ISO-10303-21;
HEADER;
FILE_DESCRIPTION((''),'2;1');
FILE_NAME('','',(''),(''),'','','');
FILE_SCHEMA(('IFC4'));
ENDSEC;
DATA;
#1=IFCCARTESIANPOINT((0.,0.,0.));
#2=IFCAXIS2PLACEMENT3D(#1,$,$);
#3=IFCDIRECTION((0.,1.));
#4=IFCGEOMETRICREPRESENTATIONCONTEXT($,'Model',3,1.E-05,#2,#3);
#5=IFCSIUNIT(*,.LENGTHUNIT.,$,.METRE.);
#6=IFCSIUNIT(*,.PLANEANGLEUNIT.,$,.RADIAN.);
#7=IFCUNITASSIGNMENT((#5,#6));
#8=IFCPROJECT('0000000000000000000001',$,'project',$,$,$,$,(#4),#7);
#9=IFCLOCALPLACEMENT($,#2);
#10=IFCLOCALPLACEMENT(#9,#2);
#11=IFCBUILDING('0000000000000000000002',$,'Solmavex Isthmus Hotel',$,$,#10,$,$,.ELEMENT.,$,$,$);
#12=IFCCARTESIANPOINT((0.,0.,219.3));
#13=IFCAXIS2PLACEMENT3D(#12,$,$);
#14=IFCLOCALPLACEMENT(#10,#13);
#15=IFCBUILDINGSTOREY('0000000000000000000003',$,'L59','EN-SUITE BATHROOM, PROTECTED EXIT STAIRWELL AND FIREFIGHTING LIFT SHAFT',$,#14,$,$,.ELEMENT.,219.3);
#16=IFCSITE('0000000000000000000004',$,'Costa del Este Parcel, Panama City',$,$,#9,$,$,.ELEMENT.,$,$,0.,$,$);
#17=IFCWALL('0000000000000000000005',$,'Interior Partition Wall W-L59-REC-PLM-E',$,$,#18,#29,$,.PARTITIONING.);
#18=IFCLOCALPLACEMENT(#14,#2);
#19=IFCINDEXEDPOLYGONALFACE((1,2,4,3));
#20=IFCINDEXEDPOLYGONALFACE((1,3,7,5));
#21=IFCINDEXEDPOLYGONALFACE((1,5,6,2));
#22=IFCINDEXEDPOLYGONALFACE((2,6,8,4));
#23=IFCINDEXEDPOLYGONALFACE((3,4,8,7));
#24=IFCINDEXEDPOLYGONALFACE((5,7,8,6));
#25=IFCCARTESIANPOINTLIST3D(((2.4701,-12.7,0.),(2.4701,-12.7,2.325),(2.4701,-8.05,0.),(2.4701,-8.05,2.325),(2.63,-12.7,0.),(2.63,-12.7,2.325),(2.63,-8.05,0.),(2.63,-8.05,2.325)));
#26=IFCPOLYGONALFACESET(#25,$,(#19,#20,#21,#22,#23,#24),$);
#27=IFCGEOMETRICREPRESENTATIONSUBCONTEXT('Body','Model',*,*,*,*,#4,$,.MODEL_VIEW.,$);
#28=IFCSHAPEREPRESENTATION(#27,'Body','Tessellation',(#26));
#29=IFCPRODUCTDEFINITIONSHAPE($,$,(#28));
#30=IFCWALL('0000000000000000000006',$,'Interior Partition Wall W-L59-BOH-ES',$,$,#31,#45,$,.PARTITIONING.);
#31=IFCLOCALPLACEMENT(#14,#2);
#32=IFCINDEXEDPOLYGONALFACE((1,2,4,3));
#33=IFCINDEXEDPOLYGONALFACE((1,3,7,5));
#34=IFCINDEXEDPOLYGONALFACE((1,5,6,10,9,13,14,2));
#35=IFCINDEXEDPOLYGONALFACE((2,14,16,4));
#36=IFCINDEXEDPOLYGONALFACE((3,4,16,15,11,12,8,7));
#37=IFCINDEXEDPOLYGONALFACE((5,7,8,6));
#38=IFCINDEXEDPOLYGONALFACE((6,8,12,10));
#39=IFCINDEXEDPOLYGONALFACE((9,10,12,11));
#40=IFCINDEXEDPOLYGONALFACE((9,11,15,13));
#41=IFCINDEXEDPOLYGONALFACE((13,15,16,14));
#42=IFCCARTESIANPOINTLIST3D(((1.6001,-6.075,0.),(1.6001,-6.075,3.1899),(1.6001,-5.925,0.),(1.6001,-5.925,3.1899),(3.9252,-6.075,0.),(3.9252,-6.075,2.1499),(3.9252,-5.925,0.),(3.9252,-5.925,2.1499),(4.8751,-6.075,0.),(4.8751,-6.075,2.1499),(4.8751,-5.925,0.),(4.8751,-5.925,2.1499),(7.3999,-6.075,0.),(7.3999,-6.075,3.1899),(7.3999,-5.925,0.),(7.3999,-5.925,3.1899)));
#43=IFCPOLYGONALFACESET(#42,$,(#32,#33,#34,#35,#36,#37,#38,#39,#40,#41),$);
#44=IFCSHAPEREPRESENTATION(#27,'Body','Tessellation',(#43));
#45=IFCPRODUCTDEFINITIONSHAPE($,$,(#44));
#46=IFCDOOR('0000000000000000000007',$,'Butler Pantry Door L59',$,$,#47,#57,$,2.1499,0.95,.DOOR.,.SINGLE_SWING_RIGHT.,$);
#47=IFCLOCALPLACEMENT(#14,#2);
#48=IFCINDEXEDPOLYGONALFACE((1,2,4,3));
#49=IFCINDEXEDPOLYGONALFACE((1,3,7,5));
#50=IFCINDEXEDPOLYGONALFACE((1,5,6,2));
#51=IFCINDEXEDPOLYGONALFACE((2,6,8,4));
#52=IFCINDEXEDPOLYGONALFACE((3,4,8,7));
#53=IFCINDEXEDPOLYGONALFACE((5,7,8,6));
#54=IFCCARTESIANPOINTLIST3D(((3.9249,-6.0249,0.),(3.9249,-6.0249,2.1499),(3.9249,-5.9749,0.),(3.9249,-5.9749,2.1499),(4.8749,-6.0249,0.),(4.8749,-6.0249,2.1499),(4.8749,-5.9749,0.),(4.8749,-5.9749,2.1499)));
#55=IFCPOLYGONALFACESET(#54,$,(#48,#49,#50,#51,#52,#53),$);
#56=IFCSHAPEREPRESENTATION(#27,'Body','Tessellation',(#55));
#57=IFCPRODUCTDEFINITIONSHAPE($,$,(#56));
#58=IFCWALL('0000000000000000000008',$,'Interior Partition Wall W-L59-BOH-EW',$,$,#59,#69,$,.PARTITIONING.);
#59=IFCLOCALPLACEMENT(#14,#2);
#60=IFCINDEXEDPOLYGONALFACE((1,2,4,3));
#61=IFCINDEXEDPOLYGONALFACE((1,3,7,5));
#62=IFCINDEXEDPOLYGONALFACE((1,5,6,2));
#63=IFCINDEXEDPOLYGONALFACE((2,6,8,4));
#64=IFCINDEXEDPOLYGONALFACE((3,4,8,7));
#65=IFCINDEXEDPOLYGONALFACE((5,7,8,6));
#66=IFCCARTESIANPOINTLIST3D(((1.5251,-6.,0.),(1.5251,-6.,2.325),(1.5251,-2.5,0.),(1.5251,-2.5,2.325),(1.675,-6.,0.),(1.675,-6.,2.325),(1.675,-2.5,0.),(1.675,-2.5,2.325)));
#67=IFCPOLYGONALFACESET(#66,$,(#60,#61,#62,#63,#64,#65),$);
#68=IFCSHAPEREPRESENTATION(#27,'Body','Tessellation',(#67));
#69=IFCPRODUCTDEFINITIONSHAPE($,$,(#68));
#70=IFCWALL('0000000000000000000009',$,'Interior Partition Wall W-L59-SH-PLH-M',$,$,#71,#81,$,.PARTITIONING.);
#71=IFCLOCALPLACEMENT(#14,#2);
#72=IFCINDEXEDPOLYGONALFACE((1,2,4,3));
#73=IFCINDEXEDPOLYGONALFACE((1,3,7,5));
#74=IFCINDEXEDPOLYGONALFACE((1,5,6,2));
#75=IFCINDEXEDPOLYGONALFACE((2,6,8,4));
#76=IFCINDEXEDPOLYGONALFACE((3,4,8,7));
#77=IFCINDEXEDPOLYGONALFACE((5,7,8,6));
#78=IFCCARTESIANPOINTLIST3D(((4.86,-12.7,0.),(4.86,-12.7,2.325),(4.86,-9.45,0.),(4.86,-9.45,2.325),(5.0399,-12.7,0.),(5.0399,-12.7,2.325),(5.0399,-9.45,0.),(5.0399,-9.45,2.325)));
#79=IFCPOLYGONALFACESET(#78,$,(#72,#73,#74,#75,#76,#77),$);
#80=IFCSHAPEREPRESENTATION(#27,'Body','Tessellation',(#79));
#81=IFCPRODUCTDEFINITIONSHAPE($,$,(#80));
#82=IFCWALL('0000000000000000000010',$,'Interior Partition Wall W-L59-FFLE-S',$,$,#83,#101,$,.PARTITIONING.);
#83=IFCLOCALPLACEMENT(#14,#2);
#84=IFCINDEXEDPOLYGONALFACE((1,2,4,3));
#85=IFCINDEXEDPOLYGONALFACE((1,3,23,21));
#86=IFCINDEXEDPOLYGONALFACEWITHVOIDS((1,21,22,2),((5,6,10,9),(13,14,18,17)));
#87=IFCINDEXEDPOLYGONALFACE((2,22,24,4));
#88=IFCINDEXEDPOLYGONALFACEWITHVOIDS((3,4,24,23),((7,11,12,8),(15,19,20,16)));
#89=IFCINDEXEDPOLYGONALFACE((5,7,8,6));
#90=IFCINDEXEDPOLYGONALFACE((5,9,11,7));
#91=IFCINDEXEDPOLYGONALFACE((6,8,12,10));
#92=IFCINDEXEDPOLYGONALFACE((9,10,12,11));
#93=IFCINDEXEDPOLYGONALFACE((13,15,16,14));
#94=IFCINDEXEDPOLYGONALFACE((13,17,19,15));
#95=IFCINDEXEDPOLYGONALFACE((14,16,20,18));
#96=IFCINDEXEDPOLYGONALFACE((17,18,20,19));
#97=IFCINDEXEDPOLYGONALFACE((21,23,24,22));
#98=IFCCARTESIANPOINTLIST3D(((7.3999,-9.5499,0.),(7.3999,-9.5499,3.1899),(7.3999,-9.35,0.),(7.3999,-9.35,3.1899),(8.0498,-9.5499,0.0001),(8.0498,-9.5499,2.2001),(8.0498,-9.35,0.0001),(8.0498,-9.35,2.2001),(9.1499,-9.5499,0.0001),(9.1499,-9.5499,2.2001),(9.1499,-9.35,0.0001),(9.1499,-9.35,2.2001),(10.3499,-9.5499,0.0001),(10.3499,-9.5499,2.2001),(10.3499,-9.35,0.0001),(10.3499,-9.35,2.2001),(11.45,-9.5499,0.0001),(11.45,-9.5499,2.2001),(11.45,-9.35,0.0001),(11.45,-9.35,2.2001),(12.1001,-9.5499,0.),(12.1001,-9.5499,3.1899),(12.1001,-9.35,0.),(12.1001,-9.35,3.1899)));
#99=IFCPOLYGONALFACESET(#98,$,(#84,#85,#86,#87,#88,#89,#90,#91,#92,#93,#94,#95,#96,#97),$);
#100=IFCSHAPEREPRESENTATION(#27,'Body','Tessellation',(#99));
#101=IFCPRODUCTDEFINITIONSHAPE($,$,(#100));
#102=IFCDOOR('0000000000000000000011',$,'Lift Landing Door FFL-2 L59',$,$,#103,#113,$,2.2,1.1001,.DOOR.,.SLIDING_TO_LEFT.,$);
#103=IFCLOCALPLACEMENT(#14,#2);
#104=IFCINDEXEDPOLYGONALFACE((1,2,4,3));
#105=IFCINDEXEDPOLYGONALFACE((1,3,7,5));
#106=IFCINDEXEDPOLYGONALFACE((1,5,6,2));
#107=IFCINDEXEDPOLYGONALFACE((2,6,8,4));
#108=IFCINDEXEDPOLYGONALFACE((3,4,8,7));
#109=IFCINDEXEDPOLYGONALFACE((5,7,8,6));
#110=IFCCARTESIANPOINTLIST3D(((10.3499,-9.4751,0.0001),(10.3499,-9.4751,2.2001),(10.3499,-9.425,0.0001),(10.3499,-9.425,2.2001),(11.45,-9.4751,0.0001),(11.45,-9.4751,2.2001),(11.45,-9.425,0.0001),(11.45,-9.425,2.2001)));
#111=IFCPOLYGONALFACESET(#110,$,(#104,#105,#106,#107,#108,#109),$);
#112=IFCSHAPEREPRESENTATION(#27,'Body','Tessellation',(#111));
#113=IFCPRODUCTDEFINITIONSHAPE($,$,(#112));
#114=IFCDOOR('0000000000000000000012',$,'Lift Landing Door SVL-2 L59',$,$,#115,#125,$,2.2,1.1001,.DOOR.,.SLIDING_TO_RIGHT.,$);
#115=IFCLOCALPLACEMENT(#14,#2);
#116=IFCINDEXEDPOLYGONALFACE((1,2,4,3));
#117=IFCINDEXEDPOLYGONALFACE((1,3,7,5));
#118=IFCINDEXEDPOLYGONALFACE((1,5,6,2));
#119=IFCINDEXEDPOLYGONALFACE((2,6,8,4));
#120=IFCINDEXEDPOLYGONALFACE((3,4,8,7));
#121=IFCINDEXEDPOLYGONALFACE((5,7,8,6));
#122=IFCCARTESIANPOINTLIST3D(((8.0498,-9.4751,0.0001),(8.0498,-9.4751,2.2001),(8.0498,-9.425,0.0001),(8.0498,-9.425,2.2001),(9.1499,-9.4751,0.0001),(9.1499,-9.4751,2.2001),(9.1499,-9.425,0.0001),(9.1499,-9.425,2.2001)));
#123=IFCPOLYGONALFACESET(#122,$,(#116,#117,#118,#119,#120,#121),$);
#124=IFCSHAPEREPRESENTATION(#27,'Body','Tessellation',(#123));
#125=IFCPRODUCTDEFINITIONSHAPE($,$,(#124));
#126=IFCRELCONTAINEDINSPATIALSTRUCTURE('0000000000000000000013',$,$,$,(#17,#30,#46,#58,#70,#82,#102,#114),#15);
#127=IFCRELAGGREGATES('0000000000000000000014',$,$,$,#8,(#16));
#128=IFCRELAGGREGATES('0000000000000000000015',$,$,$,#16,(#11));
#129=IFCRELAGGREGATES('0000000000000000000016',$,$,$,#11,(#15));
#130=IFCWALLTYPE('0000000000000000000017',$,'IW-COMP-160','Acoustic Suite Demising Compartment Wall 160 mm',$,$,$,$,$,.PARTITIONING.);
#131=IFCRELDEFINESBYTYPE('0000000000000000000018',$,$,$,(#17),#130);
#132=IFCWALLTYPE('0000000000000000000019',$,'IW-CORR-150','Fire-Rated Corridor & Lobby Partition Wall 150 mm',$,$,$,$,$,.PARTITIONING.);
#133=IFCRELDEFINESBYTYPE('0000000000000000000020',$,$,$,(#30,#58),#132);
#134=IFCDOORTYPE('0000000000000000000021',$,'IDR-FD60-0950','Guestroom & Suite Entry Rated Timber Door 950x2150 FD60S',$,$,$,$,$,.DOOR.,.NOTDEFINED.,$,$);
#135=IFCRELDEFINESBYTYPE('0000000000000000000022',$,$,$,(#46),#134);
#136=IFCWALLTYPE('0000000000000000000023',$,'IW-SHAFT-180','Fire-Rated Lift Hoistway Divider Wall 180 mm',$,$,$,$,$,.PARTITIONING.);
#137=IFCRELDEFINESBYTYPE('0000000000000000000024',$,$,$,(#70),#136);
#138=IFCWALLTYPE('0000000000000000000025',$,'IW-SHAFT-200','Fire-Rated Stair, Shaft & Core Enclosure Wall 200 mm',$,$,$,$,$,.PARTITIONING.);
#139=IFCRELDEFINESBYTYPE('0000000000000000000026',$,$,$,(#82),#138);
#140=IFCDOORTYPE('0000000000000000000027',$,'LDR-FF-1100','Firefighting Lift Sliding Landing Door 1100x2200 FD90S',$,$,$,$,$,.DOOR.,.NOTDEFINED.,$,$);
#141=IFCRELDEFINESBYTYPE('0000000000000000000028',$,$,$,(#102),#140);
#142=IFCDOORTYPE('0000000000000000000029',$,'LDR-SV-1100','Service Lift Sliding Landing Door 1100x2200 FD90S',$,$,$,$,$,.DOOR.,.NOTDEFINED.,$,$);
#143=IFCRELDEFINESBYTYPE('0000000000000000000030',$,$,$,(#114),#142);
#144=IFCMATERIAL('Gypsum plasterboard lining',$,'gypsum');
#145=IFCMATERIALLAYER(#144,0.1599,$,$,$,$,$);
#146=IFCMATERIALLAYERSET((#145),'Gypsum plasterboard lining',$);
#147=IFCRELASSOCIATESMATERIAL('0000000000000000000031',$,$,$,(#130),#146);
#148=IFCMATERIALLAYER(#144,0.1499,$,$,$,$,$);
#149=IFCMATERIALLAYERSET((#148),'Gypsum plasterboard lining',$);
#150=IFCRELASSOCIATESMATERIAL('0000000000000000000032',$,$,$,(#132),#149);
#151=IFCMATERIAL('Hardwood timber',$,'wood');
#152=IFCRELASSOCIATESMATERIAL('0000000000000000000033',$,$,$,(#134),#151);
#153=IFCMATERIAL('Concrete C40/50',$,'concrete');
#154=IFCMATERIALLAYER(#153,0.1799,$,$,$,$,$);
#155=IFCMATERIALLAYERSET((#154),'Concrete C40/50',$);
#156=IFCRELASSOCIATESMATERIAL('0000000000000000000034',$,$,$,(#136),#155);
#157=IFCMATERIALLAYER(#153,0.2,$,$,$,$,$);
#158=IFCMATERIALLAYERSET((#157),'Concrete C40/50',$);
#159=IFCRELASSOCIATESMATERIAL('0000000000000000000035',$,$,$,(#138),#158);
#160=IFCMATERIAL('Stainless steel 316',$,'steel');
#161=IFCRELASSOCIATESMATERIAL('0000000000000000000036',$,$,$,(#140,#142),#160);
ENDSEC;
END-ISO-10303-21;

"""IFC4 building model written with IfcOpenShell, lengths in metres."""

from ifc_helpers import new_model, si_unit, direction, frame, frame_2d, origin, place, context, subcontext, project, spatial, rectangle, extrude, material, layer, layer_set, type_object, element, fill, save


model = new_model("IFC4")

# Units and contexts
model_context = context("Model", 3, precision=1e-05, world=origin(), true_north=direction((0.0, 1.0)))
body_context = subcontext(model_context, "Body", "Model", "MODEL_VIEW")
ifc_project = project(units=[si_unit("LENGTHUNIT", "METRE"), si_unit("PLANEANGLEUNIT", "RADIAN")], contexts=[model_context])

# Site, building, storey
site_placement = place(None, origin())
site = spatial("IfcSite", under=ifc_project, at=site_placement, Name="Costa del Este Parcel, Panama City", CompositionType="ELEMENT", RefElevation=0.0)
building_placement = place(site_placement, origin())
building = spatial("IfcBuilding", under=site, at=building_placement, Name="Solmavex Isthmus Hotel", CompositionType="ELEMENT")
storey_placement = place(building_placement, frame((0.0, 0.0, 219.3)))
storey = spatial("IfcBuildingStorey", under=building, at=storey_placement, Name="L59", Description="EN-SUITE BATHROOM, PROTECTED EXIT STAIRWELL AND FIREFIGHTING LIFT SHAFT", CompositionType="ELEMENT", Elevation=219.3)

# Wall
ifc_material_1 = material(Name="Gypsum plasterboard lining", Category="gypsum")
ifc_layer_1 = layer(ifc_material_1, 0.1599)
ifc_layer_set_1 = layer_set([ifc_layer_1], Name="Gypsum plasterboard lining")
wall_type_1 = type_object("IfcWallType", Name="IW-COMP-160", Description="Acoustic Suite Demising Compartment Wall 160 mm", PredefinedType="PARTITIONING", material=ifc_layer_set_1)
wall_1_placement = place(storey_placement, frame((2.55, -12.7, 0.0), z_axis=(0.0, 0.0, 1.0), x_axis=(0.0, 1.0, 0.0)))
element("IfcWall", 1, at=wall_1_placement, inside=storey, type_object=wall_type_1, Name="Interior Partition Wall W-L59-REC-PLM-E", PredefinedType="PARTITIONING", context=body_context, shape_type="SweptSolid", body=[
    extrude(rectangle(XDim=4.6499, YDim=0.1599, at=frame_2d((2.325, 0.0))), origin(), (0.0, 0.0, 1.0), 2.325),
])

# Wall, opening, door
ifc_layer_2 = layer(ifc_material_1, 0.1499)
ifc_layer_set_2 = layer_set([ifc_layer_2], Name="Gypsum plasterboard lining")
wall_type_2 = type_object("IfcWallType", Name="IW-CORR-150", Description="Fire-Rated Corridor & Lobby Partition Wall 150 mm", PredefinedType="PARTITIONING", material=ifc_layer_set_2)
wall_2_placement = place(storey_placement, frame((1.6001, -6.0, 0.0), z_axis=(0.0, 0.0, 1.0), x_axis=(1.0, 0.0, 0.0)))
wall_2 = element("IfcWall", 2, at=wall_2_placement, inside=storey, type_object=wall_type_2, Name="Interior Partition Wall W-L59-BOH-ES", PredefinedType="PARTITIONING", context=body_context, shape_type="SweptSolid", body=[
    extrude(rectangle(XDim=5.7998, YDim=0.1499, at=frame_2d((2.8999, 0.0))), origin(), (0.0, 0.0, 1.0), 3.1899),
])
opening_1_placement = place(wall_2_placement, frame((2.325, 0.0, 0.0)))
opening_1 = element("IfcOpeningElement", 3, at=opening_1_placement, cuts=wall_2, PredefinedType="OPENING", context=body_context, shape_type="SweptSolid", body=[
    extrude(rectangle(XDim=0.95, YDim=2.1499, at=frame_2d((0.4751, 1.075))), frame((0.0, 0.085, 0.0), z_axis=(0.0, -1.0, 0.0), x_axis=(1.0, 0.0, 0.0)), (0.0, 0.0, 1.0), 0.1699),
])
ifc_material_2 = material(Name="Hardwood timber", Category="wood")
door_type_1 = type_object("IfcDoorType", Name="IDR-FD60-0950", Description="Guestroom & Suite Entry Rated Timber Door 950x2150 FD60S", OperationType="NOTDEFINED", PredefinedType="DOOR", material=ifc_material_2)
door_1_placement = place(opening_1_placement, frame((0.95, 0.0, 0.0), z_axis=(0.0, 0.0, 1.0), x_axis=(-1.0, 0.0, 0.0)))
door_1 = element("IfcDoor", 4, at=door_1_placement, inside=storey, type_object=door_type_1, Name="Butler Pantry Door L59", OperationType="SINGLE_SWING_RIGHT", OverallHeight=2.1499, OverallWidth=0.95, PredefinedType="DOOR", context=body_context, shape_type="SweptSolid", body=[
    extrude(rectangle(XDim=0.95, YDim=2.1499, at=frame_2d((0.4751, 1.075))), frame((0.0, 0.0249, 0.0), z_axis=(0.0, -1.0, 0.0), x_axis=(1.0, 0.0, 0.0)), (0.0, 0.0, 1.0), 0.05),
])
fill(opening_1, door_1)

# Walls
wall_3_placement = place(storey_placement, frame((1.6001, -6.0, 0.0), z_axis=(0.0, 0.0, 1.0), x_axis=(0.0, 1.0, 0.0)))
element("IfcWall", 5, at=wall_3_placement, inside=storey, type_object=wall_type_2, Name="Interior Partition Wall W-L59-BOH-EW", PredefinedType="PARTITIONING", context=body_context, shape_type="SweptSolid", body=[
    extrude(rectangle(XDim=3.5, YDim=0.1499, at=frame_2d((1.75, 0.0))), origin(), (0.0, 0.0, 1.0), 2.325),
])
ifc_material_3 = material(Name="Concrete C40/50", Category="concrete")
ifc_layer_3 = layer(ifc_material_3, 0.1799)
ifc_layer_set_3 = layer_set([ifc_layer_3], Name="Concrete C40/50")
wall_type_3 = type_object("IfcWallType", Name="IW-SHAFT-180", Description="Fire-Rated Lift Hoistway Divider Wall 180 mm", PredefinedType="PARTITIONING", material=ifc_layer_set_3)
wall_4_placement = place(storey_placement, frame((4.95, -12.7, 0.0), z_axis=(0.0, 0.0, 1.0), x_axis=(0.0, 1.0, 0.0)))
element("IfcWall", 6, at=wall_4_placement, inside=storey, type_object=wall_type_3, Name="Interior Partition Wall W-L59-SH-PLH-M", PredefinedType="PARTITIONING", context=body_context, shape_type="SweptSolid", body=[
    extrude(rectangle(XDim=3.25, YDim=0.1799, at=frame_2d((1.625, 0.0))), origin(), (0.0, 0.0, 1.0), 2.325),
])

# Wall, openings, doors
ifc_layer_4 = layer(ifc_material_3, 0.2)
ifc_layer_set_4 = layer_set([ifc_layer_4], Name="Concrete C40/50")
wall_type_4 = type_object("IfcWallType", Name="IW-SHAFT-200", Description="Fire-Rated Stair, Shaft & Core Enclosure Wall 200 mm", PredefinedType="PARTITIONING", material=ifc_layer_set_4)
wall_5_placement = place(storey_placement, frame((7.3999, -9.45, 0.0), z_axis=(0.0, 0.0, 1.0), x_axis=(1.0, 0.0, 0.0)))
wall_5 = element("IfcWall", 7, at=wall_5_placement, inside=storey, type_object=wall_type_4, Name="Interior Partition Wall W-L59-FFLE-S", PredefinedType="PARTITIONING", context=body_context, shape_type="SweptSolid", body=[
    extrude(rectangle(XDim=4.7002, YDim=0.2, at=frame_2d((2.3501, 0.0))), origin(), (0.0, 0.0, 1.0), 3.1899),
])
opening_2_placement = place(wall_5_placement, frame((2.95, 0.0, 0.0)))
opening_2 = element("IfcOpeningElement", 8, at=opening_2_placement, cuts=wall_5, PredefinedType="OPENING", context=body_context, shape_type="SweptSolid", body=[
    extrude(rectangle(XDim=1.1001, YDim=2.2, at=frame_2d((0.55, 1.1001))), frame((0.0, 0.1099, 0.0), z_axis=(0.0, -1.0, 0.0), x_axis=(1.0, 0.0, 0.0)), (0.0, 0.0, 1.0), 0.22),
])
opening_3_placement = place(wall_5_placement, frame((0.6499, 0.0, 0.0)))
opening_3 = element("IfcOpeningElement", 9, at=opening_3_placement, cuts=wall_5, PredefinedType="OPENING", context=body_context, shape_type="SweptSolid", body=[
    extrude(rectangle(XDim=1.1001, YDim=2.2, at=frame_2d((0.55, 1.1001))), frame((0.0, 0.1099, 0.0), z_axis=(0.0, -1.0, 0.0), x_axis=(1.0, 0.0, 0.0)), (0.0, 0.0, 1.0), 0.22),
])
ifc_material_4 = material(Name="Stainless steel 316", Category="steel")
door_type_2 = type_object("IfcDoorType", Name="LDR-FF-1100", Description="Firefighting Lift Sliding Landing Door 1100x2200 FD90S", OperationType="NOTDEFINED", PredefinedType="DOOR", material=ifc_material_4)
door_2_placement = place(opening_2_placement, origin())
door_2 = element("IfcDoor", 10, at=door_2_placement, inside=storey, type_object=door_type_2, Name="Lift Landing Door FFL-2 L59", OperationType="SLIDING_TO_LEFT", OverallHeight=2.2, OverallWidth=1.1001, PredefinedType="DOOR", context=body_context, shape_type="SweptSolid", body=[
    extrude(rectangle(XDim=1.1001, YDim=2.2, at=frame_2d((0.55, 1.1001))), frame((0.0, 0.0249, 0.0), z_axis=(0.0, -1.0, 0.0), x_axis=(1.0, 0.0, 0.0)), (0.0, 0.0, 1.0), 0.05),
])
fill(opening_2, door_2)
door_type_3 = type_object("IfcDoorType", Name="LDR-SV-1100", Description="Service Lift Sliding Landing Door 1100x2200 FD90S", OperationType="NOTDEFINED", PredefinedType="DOOR", material=ifc_material_4)
door_3_placement = place(opening_3_placement, origin())
door_3 = element("IfcDoor", 11, at=door_3_placement, inside=storey, type_object=door_type_3, Name="Lift Landing Door SVL-2 L59", OperationType="SLIDING_TO_RIGHT", OverallHeight=2.2, OverallWidth=1.1001, PredefinedType="DOOR", context=body_context, shape_type="SweptSolid", body=[
    extrude(rectangle(XDim=1.1001, YDim=2.2, at=frame_2d((0.55, 1.1001))), frame((0.0, 0.0249, 0.0), z_axis=(0.0, -1.0, 0.0), x_axis=(1.0, 0.0, 0.0)), (0.0, 0.0, 1.0), 0.05),
])
fill(opening_3, door_3)

save(model, "model.ifc")
